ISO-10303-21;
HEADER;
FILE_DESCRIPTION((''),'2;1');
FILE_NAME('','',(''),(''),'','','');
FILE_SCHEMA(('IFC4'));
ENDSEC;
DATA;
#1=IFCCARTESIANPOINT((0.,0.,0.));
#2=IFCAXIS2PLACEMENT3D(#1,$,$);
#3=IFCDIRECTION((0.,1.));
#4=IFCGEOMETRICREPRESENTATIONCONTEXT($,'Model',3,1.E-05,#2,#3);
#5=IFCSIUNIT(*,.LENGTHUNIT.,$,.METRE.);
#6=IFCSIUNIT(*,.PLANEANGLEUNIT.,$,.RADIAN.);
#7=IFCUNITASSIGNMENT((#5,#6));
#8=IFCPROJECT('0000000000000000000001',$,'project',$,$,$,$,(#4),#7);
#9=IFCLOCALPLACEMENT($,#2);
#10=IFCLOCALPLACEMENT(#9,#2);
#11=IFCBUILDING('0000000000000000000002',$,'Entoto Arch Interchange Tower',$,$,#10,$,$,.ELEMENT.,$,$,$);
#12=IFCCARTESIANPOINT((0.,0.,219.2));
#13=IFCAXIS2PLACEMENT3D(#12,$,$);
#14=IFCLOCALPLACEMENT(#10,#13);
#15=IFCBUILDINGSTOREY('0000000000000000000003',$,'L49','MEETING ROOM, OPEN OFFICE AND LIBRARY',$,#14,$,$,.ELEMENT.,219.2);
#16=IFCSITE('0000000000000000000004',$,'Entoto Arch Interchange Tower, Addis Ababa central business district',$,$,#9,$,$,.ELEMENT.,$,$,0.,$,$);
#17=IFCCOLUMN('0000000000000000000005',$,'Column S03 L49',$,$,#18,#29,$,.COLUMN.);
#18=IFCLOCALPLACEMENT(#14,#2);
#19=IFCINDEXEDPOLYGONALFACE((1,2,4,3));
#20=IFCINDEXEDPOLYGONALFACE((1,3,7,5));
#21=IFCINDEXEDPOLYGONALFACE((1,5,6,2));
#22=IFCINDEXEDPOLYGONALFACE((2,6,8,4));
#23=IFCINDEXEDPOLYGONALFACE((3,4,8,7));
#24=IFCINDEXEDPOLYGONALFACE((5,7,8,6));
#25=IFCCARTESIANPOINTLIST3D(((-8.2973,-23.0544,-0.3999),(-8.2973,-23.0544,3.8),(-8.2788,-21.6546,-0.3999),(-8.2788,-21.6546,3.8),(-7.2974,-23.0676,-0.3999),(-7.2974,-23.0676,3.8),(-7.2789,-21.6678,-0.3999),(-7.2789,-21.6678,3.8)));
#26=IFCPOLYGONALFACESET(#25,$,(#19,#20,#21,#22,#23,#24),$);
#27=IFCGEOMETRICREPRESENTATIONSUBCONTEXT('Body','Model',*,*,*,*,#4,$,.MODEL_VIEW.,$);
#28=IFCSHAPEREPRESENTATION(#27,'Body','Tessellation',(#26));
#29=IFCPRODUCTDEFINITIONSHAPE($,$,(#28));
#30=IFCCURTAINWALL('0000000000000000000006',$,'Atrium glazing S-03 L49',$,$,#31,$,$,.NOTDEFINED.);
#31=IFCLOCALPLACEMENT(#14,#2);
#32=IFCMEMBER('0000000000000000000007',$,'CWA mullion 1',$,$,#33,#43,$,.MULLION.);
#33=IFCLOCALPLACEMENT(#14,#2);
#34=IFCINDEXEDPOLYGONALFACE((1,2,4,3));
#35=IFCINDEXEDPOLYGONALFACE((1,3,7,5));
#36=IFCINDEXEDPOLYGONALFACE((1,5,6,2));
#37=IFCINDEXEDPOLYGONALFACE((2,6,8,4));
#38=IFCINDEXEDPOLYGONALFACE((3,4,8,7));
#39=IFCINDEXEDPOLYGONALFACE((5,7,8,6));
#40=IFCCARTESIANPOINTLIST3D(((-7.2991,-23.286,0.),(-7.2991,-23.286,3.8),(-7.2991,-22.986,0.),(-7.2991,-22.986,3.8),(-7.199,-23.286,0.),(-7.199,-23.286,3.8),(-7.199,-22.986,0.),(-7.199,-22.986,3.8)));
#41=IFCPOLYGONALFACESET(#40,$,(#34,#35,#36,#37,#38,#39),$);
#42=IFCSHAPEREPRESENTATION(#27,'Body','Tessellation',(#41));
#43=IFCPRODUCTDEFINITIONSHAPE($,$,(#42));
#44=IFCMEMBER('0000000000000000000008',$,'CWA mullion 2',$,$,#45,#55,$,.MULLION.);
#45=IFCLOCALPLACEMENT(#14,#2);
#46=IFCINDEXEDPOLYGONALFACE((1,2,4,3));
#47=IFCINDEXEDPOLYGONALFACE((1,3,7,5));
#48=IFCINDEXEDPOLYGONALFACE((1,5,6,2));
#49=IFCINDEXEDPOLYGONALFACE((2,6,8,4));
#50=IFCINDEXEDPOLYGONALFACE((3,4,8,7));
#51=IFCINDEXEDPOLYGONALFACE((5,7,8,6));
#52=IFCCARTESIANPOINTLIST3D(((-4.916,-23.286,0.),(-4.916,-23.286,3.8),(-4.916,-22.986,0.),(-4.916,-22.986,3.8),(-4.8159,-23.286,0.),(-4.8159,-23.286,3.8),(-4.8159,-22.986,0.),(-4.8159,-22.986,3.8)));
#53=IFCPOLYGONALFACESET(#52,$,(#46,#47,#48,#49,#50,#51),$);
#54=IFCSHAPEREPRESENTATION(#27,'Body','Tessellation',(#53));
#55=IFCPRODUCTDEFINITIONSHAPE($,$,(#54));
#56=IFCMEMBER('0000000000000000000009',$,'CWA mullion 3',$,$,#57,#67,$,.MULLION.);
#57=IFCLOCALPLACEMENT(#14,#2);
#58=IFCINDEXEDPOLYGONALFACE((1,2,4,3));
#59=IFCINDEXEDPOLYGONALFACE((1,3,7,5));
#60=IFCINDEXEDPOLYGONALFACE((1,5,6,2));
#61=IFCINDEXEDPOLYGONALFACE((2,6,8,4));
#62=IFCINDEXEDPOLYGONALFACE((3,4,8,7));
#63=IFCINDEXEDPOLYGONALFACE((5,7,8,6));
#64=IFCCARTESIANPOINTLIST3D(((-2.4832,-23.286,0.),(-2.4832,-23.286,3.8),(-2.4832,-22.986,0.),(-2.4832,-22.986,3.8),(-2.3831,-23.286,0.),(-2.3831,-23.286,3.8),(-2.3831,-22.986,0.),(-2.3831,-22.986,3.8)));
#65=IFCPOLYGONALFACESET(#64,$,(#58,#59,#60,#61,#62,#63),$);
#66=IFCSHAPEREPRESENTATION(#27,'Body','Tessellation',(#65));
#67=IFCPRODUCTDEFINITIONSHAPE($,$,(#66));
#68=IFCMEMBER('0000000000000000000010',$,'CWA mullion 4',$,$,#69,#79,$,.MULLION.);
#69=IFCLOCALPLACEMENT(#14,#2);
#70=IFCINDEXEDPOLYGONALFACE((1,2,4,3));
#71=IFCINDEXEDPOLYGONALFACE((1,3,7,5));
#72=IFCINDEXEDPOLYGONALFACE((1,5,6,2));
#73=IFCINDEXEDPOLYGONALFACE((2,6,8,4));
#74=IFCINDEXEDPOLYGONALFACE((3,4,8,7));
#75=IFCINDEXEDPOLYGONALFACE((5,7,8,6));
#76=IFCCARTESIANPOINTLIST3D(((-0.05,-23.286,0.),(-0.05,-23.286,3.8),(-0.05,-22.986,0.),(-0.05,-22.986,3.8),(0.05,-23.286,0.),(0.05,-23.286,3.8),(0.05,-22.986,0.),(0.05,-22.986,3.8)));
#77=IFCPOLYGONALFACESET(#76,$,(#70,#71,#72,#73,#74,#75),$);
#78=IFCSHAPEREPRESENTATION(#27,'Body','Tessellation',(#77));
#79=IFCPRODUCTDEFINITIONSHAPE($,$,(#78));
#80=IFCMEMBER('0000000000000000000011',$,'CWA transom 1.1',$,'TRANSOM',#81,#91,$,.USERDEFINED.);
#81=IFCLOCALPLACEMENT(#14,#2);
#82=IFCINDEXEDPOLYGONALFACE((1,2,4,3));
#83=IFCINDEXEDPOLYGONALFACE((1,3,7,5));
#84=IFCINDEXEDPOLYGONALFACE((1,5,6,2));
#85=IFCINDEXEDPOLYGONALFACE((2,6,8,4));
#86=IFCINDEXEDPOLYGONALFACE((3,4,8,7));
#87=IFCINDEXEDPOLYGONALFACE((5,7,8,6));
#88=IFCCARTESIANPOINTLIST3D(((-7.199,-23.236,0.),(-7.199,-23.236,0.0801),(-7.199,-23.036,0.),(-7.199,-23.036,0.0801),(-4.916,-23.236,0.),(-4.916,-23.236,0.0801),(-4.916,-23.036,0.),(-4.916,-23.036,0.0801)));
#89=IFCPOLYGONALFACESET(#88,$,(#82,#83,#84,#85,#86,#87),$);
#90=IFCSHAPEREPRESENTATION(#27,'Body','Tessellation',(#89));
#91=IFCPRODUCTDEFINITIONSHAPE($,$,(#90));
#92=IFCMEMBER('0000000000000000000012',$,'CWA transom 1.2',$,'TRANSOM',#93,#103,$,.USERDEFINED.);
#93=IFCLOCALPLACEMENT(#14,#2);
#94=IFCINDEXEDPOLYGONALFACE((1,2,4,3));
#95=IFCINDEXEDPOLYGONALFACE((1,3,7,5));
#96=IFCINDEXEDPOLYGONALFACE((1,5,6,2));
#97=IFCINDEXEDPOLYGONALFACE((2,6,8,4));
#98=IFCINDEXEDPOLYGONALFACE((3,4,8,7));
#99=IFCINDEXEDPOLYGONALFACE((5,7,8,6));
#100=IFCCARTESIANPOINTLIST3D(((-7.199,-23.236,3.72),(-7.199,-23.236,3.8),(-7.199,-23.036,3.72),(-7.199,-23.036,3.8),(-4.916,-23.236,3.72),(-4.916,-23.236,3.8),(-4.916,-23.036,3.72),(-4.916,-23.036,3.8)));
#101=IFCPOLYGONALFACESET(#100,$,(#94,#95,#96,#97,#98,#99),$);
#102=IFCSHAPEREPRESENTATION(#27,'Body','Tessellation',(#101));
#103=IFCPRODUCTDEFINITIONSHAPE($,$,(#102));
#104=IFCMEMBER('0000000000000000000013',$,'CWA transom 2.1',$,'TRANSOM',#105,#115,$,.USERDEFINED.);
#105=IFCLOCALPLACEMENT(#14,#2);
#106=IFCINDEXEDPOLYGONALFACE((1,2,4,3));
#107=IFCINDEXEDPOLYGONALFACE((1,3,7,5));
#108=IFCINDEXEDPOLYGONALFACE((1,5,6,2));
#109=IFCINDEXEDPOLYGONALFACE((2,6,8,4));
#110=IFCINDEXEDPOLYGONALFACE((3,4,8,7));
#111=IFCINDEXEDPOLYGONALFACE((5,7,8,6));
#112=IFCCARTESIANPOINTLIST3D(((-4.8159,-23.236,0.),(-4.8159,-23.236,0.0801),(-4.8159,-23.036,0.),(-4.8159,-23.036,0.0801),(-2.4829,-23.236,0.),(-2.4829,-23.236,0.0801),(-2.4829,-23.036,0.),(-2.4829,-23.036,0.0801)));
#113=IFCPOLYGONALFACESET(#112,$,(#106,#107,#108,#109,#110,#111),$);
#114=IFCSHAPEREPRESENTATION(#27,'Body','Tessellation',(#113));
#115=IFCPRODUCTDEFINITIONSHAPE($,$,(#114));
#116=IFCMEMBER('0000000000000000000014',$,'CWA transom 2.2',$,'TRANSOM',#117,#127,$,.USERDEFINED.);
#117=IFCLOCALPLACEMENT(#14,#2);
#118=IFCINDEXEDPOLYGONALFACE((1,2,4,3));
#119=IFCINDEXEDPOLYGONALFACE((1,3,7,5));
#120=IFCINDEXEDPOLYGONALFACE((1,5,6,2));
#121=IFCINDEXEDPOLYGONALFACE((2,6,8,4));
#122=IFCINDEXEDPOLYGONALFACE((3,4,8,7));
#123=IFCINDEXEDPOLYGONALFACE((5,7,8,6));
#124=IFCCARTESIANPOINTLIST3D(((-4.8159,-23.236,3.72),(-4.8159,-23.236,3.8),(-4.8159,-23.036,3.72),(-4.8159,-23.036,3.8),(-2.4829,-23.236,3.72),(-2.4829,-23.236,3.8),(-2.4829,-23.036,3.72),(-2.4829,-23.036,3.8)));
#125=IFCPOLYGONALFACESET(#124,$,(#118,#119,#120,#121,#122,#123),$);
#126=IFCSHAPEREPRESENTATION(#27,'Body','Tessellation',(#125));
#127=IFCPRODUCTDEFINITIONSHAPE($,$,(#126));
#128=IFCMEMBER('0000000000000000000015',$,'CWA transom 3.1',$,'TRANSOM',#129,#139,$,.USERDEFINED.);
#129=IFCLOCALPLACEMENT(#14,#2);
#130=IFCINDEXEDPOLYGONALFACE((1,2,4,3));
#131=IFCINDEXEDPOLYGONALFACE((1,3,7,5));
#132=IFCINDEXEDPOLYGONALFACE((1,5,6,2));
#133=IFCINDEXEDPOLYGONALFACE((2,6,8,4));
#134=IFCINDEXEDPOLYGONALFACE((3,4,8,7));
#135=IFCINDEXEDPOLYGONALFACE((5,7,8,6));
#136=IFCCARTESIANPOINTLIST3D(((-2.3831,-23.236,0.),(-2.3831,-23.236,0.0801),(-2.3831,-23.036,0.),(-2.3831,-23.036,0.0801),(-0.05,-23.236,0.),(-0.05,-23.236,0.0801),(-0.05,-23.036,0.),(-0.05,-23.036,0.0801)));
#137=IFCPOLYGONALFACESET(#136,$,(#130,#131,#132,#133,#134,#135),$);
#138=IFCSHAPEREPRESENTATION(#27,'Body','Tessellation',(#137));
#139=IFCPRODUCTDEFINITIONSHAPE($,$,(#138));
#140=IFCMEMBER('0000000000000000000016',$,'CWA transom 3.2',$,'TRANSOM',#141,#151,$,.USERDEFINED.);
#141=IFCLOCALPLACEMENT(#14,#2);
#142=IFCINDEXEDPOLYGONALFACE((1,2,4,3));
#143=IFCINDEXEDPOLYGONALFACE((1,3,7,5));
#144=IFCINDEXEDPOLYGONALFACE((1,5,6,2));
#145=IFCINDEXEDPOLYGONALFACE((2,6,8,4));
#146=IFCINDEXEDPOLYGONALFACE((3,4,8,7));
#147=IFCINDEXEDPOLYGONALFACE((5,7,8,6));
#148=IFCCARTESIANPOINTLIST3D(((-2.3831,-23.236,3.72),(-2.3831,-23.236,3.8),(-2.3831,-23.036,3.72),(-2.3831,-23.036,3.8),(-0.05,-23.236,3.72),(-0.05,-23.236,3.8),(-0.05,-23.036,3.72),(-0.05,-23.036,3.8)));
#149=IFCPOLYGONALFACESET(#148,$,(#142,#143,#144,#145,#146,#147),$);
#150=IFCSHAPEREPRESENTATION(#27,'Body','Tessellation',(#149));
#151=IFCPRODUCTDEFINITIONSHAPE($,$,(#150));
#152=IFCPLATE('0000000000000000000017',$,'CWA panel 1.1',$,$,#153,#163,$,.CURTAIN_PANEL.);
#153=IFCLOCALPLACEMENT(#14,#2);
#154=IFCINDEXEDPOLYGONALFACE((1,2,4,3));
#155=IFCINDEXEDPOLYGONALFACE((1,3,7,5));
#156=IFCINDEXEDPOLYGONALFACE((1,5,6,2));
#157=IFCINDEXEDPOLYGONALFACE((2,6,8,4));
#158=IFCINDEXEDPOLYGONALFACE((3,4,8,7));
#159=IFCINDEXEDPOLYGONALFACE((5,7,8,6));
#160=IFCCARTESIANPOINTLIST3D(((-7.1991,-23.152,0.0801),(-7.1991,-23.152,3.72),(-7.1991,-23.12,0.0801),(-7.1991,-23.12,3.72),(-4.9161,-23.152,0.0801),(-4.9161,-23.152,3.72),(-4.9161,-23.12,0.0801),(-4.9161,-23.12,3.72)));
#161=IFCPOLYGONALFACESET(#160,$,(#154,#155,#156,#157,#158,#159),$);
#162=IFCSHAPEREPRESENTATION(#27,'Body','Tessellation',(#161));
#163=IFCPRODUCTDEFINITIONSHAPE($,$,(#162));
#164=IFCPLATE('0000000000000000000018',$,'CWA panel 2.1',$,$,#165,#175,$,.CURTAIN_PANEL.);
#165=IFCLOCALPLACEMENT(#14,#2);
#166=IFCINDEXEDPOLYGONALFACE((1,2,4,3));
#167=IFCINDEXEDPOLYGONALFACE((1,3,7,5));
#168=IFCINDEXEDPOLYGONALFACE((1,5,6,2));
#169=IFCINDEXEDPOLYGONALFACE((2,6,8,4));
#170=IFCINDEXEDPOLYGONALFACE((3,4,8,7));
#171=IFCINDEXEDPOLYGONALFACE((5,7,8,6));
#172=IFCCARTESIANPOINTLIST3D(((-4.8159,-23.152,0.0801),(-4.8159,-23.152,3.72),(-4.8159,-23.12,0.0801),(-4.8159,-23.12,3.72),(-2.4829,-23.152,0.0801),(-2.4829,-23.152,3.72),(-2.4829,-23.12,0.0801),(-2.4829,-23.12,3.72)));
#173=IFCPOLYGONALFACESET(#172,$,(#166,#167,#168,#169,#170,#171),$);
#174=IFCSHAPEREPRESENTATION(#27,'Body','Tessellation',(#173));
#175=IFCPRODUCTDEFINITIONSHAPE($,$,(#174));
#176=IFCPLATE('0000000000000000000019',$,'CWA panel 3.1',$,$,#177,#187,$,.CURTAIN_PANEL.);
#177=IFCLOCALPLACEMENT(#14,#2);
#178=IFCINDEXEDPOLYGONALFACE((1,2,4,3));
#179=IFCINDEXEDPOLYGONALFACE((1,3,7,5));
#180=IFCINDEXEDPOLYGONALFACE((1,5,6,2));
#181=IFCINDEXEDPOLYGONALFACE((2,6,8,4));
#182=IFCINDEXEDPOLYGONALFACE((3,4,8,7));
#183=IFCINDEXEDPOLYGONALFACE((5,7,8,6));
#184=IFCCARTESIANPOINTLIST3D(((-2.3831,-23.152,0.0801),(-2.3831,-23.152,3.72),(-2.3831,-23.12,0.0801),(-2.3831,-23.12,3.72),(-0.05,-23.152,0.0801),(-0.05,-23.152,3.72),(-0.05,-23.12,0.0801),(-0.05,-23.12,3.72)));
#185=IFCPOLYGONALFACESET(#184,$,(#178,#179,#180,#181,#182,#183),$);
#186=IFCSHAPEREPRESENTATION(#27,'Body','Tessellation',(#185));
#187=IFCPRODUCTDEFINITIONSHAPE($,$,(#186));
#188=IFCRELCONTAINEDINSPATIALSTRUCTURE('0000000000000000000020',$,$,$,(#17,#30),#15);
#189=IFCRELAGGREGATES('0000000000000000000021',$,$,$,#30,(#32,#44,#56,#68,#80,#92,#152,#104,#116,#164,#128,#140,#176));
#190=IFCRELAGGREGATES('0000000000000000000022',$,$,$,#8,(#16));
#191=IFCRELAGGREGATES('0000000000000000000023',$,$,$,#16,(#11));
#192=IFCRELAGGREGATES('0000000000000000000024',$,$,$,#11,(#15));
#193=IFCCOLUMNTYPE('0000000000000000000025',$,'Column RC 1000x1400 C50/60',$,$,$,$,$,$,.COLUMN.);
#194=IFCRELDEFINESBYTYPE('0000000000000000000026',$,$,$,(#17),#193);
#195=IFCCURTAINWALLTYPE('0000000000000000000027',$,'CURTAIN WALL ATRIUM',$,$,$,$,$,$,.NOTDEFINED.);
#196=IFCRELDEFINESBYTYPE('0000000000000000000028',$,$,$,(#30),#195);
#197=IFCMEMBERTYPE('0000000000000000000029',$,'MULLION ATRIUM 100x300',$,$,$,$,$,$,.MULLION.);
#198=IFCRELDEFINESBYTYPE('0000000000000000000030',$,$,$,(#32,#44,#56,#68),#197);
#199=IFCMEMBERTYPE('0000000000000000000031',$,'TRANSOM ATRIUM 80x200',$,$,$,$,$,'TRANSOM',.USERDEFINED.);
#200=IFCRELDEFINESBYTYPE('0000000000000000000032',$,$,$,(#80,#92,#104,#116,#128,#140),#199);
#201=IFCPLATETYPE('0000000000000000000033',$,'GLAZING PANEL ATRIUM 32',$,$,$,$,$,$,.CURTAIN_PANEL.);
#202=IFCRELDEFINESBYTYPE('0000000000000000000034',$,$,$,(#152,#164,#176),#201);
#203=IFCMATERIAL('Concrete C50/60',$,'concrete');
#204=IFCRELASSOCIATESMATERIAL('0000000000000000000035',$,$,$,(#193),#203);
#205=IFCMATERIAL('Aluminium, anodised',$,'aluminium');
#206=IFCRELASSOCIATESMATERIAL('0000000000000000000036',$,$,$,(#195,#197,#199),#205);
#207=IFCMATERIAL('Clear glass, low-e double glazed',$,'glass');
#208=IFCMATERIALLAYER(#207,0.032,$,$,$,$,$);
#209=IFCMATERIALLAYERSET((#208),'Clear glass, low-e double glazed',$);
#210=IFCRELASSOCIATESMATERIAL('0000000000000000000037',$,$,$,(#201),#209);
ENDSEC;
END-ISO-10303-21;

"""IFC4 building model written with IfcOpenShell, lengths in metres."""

from ifc_helpers import new_model, si_unit, direction, frame, origin, origin_2d, place, context, subcontext, project, spatial, rectangle, extrude, material, layer, layer_set, material_profile, profile_set, type_object, element, aggregate, save


model = new_model("IFC4")

# Units and contexts
model_context = context("Model", 3, precision=1e-05, world=origin(), true_north=direction((0.0, 1.0)))
body_context = subcontext(model_context, "Body", "Model", "MODEL_VIEW")
ifc_project = project(units=[si_unit("LENGTHUNIT", "METRE"), si_unit("PLANEANGLEUNIT", "RADIAN")], contexts=[model_context])

# Site, building, storey
site_placement = place(None, origin())
site = spatial("IfcSite", under=ifc_project, at=site_placement, Name="Entoto Arch Interchange Tower, Addis Ababa central business district", CompositionType="ELEMENT", RefElevation=0.0)
building_placement = place(site_placement, origin())
building = spatial("IfcBuilding", under=site, at=building_placement, Name="Entoto Arch Interchange Tower", CompositionType="ELEMENT")
storey_placement = place(building_placement, frame((0.0, 0.0, 219.2)))
storey = spatial("IfcBuildingStorey", under=building, at=storey_placement, Name="L49", Description="MEETING ROOM, OPEN OFFICE AND LIBRARY", CompositionType="ELEMENT", Elevation=219.2)

# Column
ifc_material_1 = material(Name="Concrete C50/60", Category="concrete")
ifc_material_profile_1 = material_profile(ifc_material_1, rectangle(XDim=1.0, YDim=1.3999, at=origin_2d()))
ifc_profile_set_1 = profile_set([ifc_material_profile_1], Name="Concrete C50/60")
column_type = type_object("IfcColumnType", Name="Column RC 1000x1400 C50/60", PredefinedType="COLUMN", material=ifc_profile_set_1)
column_placement = place(storey_placement, frame((-7.7881, -22.3611, -0.3999), z_axis=(0.0, 0.0, 1.0), x_axis=(-0.999913, 0.013177, 0.0)))
element("IfcColumn", 1, at=column_placement, inside=storey, type_object=column_type, Name="Column S03 L49", PredefinedType="COLUMN", context=body_context, shape_type="SweptSolid", body=[
    extrude(rectangle(XDim=1.0, YDim=1.3999, at=origin_2d()), origin(), (0.0, 0.0, 1.0), 4.2),
])

# Curtain wall, members, plates
ifc_material_2 = material(Name="Aluminium, anodised", Category="aluminium")
curtain_wall_type = type_object("IfcCurtainWallType", Name="CURTAIN WALL ATRIUM", PredefinedType="NOTDEFINED", material=ifc_material_2)
curtain_wall_placement = place(storey_placement, origin())
curtain_wall = element("IfcCurtainWall", 2, at=curtain_wall_placement, inside=storey, type_object=curtain_wall_type, Name="Atrium glazing S-03 L49", PredefinedType="NOTDEFINED")
ifc_material_profile_2 = material_profile(ifc_material_2, rectangle(XDim=0.3, YDim=0.1001, at=origin_2d()))
ifc_profile_set_2 = profile_set([ifc_material_profile_2], Name="Aluminium, anodised")
member_type_1 = type_object("IfcMemberType", Name="MULLION ATRIUM 100x300", PredefinedType="MULLION", material=ifc_profile_set_2)
member_1_placement = place(storey_placement, frame((-7.249, -23.136, 0.0), z_axis=(0.0, 0.0, 1.0), x_axis=(0.0, 1.0, 0.0)))
member_1 = element("IfcMember", 3, at=member_1_placement, type_object=member_type_1, Name="CWA mullion 1", PredefinedType="MULLION", context=body_context, shape_type="SweptSolid", body=[
    extrude(rectangle(XDim=0.3, YDim=0.1001, at=origin_2d()), origin(), (0.0, 0.0, 1.0), 3.8),
])
member_2_placement = place(storey_placement, frame((-4.866, -23.136, 0.0), z_axis=(0.0, 0.0, 1.0), x_axis=(0.0, 1.0, 0.0)))
member_2 = element("IfcMember", 4, at=member_2_placement, type_object=member_type_1, Name="CWA mullion 2", PredefinedType="MULLION", context=body_context, shape_type="SweptSolid", body=[
    extrude(rectangle(XDim=0.3, YDim=0.1001, at=origin_2d()), origin(), (0.0, 0.0, 1.0), 3.8),
])
member_3_placement = place(storey_placement, frame((-2.4331, -23.136, 0.0), z_axis=(0.0, 0.0, 1.0), x_axis=(0.0, 1.0, 0.0)))
member_3 = element("IfcMember", 5, at=member_3_placement, type_object=member_type_1, Name="CWA mullion 3", PredefinedType="MULLION", context=body_context, shape_type="SweptSolid", body=[
    extrude(rectangle(XDim=0.3, YDim=0.1001, at=origin_2d()), origin(), (0.0, 0.0, 1.0), 3.8),
])
member_4_placement = place(storey_placement, frame((0.0, -23.136, 0.0), z_axis=(0.0, 0.0, 1.0), x_axis=(0.0, 1.0, 0.0)))
member_4 = element("IfcMember", 6, at=member_4_placement, type_object=member_type_1, Name="CWA mullion 4", PredefinedType="MULLION", context=body_context, shape_type="SweptSolid", body=[
    extrude(rectangle(XDim=0.3, YDim=0.1001, at=origin_2d()), origin(), (0.0, 0.0, 1.0), 3.8),
])
ifc_material_profile_3 = material_profile(ifc_material_2, rectangle(XDim=0.2, YDim=0.0801, at=origin_2d()))
ifc_profile_set_3 = profile_set([ifc_material_profile_3], Name="Aluminium, anodised")
member_type_2 = type_object("IfcMemberType", Name="TRANSOM ATRIUM 80x200", ElementType="TRANSOM", PredefinedType="USERDEFINED", material=ifc_profile_set_3)
member_5_placement = place(storey_placement, frame((-7.199, -23.136, 0.04), z_axis=(1.0, 0.0, 0.0), x_axis=(0.0, 1.0, 0.0)))
member_5 = element("IfcMember", 7, at=member_5_placement, type_object=member_type_2, Name="CWA transom 1.1", ObjectType="TRANSOM", PredefinedType="USERDEFINED", context=body_context, shape_type="SweptSolid", body=[
    extrude(rectangle(XDim=0.2, YDim=0.0801, at=origin_2d()), origin(), (0.0, 0.0, 1.0), 2.283),
])
member_6_placement = place(storey_placement, frame((-7.199, -23.136, 3.76), z_axis=(1.0, 0.0, 0.0), x_axis=(0.0, 1.0, 0.0)))
member_6 = element("IfcMember", 8, at=member_6_placement, type_object=member_type_2, Name="CWA transom 1.2", ObjectType="TRANSOM", PredefinedType="USERDEFINED", context=body_context, shape_type="SweptSolid", body=[
    extrude(rectangle(XDim=0.2, YDim=0.0801, at=origin_2d()), origin(), (0.0, 0.0, 1.0), 2.283),
])
member_7_placement = place(storey_placement, frame((-4.8159, -23.136, 0.04), z_axis=(1.0, 0.0, 0.0), x_axis=(0.0, 1.0, 0.0)))
member_7 = element("IfcMember", 9, at=member_7_placement, type_object=member_type_2, Name="CWA transom 2.1", ObjectType="TRANSOM", PredefinedType="USERDEFINED", context=body_context, shape_type="SweptSolid", body=[
    extrude(rectangle(XDim=0.2, YDim=0.0801, at=origin_2d()), origin(), (0.0, 0.0, 1.0), 2.333),
])
member_8_placement = place(storey_placement, frame((-4.8159, -23.136, 3.76), z_axis=(1.0, 0.0, 0.0), x_axis=(0.0, 1.0, 0.0)))
member_8 = element("IfcMember", 10, at=member_8_placement, type_object=member_type_2, Name="CWA transom 2.2", ObjectType="TRANSOM", PredefinedType="USERDEFINED", context=body_context, shape_type="SweptSolid", body=[
    extrude(rectangle(XDim=0.2, YDim=0.0801, at=origin_2d()), origin(), (0.0, 0.0, 1.0), 2.333),
])
member_9_placement = place(storey_placement, frame((-2.3831, -23.136, 0.04), z_axis=(1.0, 0.0, 0.0), x_axis=(0.0, 1.0, 0.0)))
member_9 = element("IfcMember", 11, at=member_9_placement, type_object=member_type_2, Name="CWA transom 3.1", ObjectType="TRANSOM", PredefinedType="USERDEFINED", context=body_context, shape_type="SweptSolid", body=[
    extrude(rectangle(XDim=0.2, YDim=0.0801, at=origin_2d()), origin(), (0.0, 0.0, 1.0), 2.333),
])
member_10_placement = place(storey_placement, frame((-2.3831, -23.136, 3.76), z_axis=(1.0, 0.0, 0.0), x_axis=(0.0, 1.0, 0.0)))
member_10 = element("IfcMember", 12, at=member_10_placement, type_object=member_type_2, Name="CWA transom 3.2", ObjectType="TRANSOM", PredefinedType="USERDEFINED", context=body_context, shape_type="SweptSolid", body=[
    extrude(rectangle(XDim=0.2, YDim=0.0801, at=origin_2d()), origin(), (0.0, 0.0, 1.0), 2.333),
])
ifc_material_3 = material(Name="Clear glass, low-e double glazed", Category="glass")
ifc_layer_1 = layer(ifc_material_3, 0.032)
ifc_layer_set_1 = layer_set([ifc_layer_1], Name="Clear glass, low-e double glazed")
plate_type = type_object("IfcPlateType", Name="GLAZING PANEL ATRIUM 32", PredefinedType="CURTAIN_PANEL", material=ifc_layer_set_1)
plate_1_placement = place(storey_placement, frame((-6.0576, -23.136, 0.0801), z_axis=(0.0, 0.0, 1.0), x_axis=(1.0, 0.0, 0.0)))
plate_1 = element("IfcPlate", 13, at=plate_1_placement, type_object=plate_type, Name="CWA panel 1.1", PredefinedType="CURTAIN_PANEL", context=body_context, shape_type="SweptSolid", body=[
    extrude(rectangle(XDim=2.283, YDim=0.032, at=origin_2d()), origin(), (0.0, 0.0, 1.0), 3.6399),
])
plate_2_placement = place(storey_placement, frame((-3.6494, -23.136, 0.0801), z_axis=(0.0, 0.0, 1.0), x_axis=(1.0, 0.0, 0.0)))
plate_2 = element("IfcPlate", 14, at=plate_2_placement, type_object=plate_type, Name="CWA panel 2.1", PredefinedType="CURTAIN_PANEL", context=body_context, shape_type="SweptSolid", body=[
    extrude(rectangle(XDim=2.333, YDim=0.032, at=origin_2d()), origin(), (0.0, 0.0, 1.0), 3.6399),
])
plate_3_placement = place(storey_placement, frame((-1.2166, -23.136, 0.0801), z_axis=(0.0, 0.0, 1.0), x_axis=(1.0, 0.0, 0.0)))
plate_3 = element("IfcPlate", 15, at=plate_3_placement, type_object=plate_type, Name="CWA panel 3.1", PredefinedType="CURTAIN_PANEL", context=body_context, shape_type="SweptSolid", body=[
    extrude(rectangle(XDim=2.333, YDim=0.032, at=origin_2d()), origin(), (0.0, 0.0, 1.0), 3.6399),
])
aggregate(curtain_wall, [member_1, member_2, member_3, member_4, member_5, member_6, plate_1, member_7, member_8, plate_2, member_9, member_10, plate_3])

save(model, "model.ifc")
